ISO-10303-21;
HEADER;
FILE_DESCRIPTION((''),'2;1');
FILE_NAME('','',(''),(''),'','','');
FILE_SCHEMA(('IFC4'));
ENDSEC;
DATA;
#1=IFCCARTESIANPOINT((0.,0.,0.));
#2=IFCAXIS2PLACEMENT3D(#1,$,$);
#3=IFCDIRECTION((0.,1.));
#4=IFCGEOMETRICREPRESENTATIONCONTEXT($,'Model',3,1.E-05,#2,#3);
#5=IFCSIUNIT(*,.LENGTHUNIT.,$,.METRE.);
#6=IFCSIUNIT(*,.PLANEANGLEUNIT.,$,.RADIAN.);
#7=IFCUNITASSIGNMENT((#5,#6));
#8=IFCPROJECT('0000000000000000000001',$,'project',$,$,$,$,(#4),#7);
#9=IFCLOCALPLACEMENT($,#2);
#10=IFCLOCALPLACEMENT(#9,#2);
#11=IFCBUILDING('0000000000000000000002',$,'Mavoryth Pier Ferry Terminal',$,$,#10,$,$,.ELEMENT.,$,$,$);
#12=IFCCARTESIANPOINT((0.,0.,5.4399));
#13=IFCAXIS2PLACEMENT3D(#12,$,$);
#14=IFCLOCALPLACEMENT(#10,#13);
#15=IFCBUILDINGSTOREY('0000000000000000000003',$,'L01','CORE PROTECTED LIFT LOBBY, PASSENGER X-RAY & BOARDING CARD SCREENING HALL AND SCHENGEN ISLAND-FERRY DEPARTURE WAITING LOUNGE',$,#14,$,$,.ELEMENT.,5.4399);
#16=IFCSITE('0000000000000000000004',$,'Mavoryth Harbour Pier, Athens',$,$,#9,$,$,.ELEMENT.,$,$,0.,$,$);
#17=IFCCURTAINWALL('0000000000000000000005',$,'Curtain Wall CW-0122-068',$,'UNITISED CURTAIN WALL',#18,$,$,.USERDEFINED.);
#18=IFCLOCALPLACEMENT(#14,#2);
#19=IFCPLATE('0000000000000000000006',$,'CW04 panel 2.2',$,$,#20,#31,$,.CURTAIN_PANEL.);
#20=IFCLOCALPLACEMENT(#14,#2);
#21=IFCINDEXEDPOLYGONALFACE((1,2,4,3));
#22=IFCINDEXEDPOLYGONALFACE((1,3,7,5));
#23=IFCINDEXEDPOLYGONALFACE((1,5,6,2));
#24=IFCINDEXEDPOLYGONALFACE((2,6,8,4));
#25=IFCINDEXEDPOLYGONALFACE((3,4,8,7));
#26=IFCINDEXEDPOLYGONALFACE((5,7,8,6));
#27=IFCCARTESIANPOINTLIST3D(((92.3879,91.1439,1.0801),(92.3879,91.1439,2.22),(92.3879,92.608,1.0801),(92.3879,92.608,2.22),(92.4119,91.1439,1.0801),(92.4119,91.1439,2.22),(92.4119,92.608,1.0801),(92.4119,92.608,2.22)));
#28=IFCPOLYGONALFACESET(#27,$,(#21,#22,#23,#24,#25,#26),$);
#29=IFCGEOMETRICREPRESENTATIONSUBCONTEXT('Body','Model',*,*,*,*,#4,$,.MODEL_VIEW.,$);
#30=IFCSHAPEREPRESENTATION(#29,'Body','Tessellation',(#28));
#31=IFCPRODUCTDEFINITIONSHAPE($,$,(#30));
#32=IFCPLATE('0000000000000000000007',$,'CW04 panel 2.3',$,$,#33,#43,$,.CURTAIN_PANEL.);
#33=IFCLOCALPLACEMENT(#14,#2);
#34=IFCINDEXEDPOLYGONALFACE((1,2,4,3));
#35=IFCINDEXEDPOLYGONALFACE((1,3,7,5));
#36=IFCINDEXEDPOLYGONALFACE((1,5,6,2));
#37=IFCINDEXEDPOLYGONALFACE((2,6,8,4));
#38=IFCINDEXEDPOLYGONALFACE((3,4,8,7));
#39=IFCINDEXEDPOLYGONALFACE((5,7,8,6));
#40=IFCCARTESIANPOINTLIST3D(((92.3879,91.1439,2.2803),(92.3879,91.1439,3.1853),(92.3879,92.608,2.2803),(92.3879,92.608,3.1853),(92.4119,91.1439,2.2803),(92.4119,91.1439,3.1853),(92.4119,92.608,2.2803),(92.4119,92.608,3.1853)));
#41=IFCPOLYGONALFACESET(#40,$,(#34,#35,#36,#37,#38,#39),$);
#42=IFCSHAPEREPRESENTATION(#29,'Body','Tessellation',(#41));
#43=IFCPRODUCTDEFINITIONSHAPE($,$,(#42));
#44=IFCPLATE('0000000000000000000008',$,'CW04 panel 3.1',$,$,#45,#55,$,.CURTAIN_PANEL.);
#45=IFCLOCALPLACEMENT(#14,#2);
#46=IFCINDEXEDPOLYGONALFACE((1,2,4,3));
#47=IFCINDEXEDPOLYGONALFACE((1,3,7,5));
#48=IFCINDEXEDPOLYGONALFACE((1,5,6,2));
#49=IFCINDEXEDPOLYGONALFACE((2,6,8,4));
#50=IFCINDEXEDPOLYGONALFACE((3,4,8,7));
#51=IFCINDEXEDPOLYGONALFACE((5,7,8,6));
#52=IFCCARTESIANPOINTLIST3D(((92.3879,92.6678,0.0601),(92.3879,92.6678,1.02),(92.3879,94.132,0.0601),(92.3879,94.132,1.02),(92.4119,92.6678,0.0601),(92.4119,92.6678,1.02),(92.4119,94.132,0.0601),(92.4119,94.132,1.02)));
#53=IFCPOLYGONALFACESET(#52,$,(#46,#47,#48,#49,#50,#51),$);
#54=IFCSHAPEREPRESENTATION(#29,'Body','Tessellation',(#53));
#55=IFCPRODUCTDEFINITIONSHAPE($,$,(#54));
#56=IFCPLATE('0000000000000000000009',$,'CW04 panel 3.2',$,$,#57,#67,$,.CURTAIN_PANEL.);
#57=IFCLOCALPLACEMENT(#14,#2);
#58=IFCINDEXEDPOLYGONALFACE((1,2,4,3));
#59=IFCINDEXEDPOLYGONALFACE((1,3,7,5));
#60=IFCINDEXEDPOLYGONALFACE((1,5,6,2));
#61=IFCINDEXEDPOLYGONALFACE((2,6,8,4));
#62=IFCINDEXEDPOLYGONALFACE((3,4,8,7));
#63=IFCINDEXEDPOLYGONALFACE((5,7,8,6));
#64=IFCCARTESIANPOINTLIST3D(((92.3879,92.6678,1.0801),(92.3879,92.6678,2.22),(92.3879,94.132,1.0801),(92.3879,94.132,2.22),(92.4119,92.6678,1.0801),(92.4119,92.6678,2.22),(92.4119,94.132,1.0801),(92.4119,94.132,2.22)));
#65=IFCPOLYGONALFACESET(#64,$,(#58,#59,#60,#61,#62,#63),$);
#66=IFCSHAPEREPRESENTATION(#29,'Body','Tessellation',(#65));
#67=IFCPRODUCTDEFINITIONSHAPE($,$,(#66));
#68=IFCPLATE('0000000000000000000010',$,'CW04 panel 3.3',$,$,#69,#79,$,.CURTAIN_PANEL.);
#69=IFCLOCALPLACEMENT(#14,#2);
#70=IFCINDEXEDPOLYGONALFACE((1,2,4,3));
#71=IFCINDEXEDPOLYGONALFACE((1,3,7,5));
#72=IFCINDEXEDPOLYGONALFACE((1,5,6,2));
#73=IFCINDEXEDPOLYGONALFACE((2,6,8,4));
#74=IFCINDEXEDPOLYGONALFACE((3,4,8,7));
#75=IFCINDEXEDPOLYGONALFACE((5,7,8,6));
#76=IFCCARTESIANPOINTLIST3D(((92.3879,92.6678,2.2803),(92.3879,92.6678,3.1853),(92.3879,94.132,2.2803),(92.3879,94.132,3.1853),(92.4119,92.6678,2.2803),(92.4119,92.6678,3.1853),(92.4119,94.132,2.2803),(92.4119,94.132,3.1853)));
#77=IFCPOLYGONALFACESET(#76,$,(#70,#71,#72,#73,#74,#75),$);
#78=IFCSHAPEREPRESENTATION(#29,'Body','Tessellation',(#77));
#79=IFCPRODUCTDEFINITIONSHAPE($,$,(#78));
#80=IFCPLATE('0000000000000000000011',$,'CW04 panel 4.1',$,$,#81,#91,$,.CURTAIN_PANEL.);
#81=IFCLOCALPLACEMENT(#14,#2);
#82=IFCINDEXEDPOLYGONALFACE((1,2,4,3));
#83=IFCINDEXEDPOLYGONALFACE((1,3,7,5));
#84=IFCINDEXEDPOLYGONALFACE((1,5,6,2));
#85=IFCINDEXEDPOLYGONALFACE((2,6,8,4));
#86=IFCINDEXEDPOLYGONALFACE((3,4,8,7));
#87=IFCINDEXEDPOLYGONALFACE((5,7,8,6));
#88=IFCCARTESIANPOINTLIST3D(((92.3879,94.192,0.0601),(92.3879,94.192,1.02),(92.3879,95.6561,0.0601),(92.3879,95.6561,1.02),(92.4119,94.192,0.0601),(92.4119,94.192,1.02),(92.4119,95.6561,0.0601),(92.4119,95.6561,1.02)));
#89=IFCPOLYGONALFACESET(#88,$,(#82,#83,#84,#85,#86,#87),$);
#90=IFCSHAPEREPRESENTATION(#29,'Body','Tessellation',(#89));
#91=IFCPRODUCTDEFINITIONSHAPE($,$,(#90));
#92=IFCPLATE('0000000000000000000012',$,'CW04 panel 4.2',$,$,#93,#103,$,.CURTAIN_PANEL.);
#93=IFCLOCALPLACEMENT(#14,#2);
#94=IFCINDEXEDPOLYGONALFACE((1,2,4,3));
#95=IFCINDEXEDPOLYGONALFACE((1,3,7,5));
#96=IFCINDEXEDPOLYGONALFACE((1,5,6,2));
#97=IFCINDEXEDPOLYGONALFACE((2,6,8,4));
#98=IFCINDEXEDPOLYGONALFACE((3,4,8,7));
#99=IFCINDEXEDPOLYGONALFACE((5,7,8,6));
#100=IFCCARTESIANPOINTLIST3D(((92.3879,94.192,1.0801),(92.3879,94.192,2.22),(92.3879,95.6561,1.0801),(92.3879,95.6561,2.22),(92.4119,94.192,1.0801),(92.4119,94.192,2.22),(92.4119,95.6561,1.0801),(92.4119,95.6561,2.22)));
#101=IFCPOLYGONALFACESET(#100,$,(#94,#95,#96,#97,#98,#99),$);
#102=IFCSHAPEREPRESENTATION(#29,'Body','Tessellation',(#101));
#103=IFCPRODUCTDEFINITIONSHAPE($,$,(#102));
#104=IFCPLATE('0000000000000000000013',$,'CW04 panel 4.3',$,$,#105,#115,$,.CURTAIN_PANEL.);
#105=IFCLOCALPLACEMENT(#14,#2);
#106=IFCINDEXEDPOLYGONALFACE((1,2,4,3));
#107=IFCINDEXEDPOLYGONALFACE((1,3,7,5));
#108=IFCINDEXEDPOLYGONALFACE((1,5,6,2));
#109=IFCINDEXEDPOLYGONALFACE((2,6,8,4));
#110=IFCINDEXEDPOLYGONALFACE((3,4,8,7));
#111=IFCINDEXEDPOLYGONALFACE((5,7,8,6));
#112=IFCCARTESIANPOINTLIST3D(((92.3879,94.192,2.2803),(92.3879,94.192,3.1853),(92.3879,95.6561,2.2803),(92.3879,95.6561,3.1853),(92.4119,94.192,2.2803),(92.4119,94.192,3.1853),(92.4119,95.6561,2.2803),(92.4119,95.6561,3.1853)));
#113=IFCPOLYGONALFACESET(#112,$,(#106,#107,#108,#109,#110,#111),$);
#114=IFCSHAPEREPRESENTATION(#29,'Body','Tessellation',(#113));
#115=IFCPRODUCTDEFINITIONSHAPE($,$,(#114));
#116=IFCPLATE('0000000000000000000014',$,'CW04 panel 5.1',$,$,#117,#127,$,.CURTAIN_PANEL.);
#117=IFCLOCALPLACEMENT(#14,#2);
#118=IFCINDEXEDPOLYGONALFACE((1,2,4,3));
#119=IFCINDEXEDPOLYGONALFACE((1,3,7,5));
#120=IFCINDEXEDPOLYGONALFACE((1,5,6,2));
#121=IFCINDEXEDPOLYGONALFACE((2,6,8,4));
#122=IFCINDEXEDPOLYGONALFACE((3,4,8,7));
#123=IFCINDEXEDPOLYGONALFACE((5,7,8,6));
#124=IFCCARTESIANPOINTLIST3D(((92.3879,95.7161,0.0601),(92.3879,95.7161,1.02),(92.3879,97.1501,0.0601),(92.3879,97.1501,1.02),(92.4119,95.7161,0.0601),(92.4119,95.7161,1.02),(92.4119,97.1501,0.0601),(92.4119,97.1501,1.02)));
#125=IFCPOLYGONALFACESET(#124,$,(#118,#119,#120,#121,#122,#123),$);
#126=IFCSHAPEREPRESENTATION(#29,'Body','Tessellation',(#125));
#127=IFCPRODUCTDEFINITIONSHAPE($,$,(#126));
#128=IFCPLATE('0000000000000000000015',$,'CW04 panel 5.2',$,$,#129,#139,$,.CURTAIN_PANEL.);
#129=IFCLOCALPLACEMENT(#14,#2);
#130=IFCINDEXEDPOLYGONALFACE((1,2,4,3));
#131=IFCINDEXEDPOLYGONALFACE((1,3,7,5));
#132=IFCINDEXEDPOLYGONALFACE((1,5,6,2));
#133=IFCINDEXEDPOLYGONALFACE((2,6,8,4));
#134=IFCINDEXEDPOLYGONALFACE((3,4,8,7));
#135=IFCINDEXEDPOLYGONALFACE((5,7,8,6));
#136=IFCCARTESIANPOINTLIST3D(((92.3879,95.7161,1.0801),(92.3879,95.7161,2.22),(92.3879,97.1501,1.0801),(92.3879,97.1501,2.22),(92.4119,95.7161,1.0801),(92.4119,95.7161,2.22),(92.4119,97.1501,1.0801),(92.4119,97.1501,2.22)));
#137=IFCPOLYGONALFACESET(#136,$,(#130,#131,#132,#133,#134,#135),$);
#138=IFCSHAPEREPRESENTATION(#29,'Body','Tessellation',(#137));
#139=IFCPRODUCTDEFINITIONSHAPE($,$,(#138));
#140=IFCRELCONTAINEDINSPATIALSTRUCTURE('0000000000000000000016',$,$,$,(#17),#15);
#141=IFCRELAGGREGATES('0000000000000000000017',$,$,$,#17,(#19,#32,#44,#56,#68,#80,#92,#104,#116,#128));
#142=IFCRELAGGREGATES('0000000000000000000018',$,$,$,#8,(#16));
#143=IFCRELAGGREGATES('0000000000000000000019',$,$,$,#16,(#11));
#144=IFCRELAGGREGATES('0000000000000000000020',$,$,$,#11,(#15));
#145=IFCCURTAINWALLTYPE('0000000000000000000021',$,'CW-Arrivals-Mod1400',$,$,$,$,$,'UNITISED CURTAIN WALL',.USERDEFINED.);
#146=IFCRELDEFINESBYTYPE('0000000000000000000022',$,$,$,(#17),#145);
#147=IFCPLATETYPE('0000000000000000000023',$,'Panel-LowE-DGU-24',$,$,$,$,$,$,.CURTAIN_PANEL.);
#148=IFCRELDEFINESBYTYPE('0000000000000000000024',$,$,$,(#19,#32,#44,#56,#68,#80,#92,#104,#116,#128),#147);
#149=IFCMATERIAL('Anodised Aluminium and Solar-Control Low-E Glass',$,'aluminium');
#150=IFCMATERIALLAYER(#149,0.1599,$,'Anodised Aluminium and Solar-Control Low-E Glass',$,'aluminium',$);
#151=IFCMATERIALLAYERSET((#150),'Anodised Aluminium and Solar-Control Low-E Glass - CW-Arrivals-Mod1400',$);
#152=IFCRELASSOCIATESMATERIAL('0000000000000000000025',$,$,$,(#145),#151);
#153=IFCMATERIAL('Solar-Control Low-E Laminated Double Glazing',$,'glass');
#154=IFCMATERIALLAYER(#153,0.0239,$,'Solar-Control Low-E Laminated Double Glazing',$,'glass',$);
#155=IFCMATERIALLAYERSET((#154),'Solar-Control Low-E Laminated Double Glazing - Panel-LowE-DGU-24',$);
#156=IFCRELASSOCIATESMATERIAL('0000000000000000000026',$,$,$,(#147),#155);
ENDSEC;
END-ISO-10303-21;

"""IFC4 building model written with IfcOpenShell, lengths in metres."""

from ifc_helpers import new_model, si_unit, direction, frame, origin, origin_2d, place, context, subcontext, project, spatial, rectangle, extrude, material, layer, layer_set, type_object, element, aggregate, save


model = new_model("IFC4")

# Units and contexts
model_context = context("Model", 3, precision=1e-05, world=origin(), true_north=direction((0.0, 1.0)))
body_context = subcontext(model_context, "Body", "Model", "MODEL_VIEW")
ifc_project = project(units=[si_unit("LENGTHUNIT", "METRE"), si_unit("PLANEANGLEUNIT", "RADIAN")], contexts=[model_context])

# Site, building, storey
site_placement = place(None, origin())
site = spatial("IfcSite", under=ifc_project, at=site_placement, Name="Mavoryth Harbour Pier, Athens", CompositionType="ELEMENT", RefElevation=0.0)
building_placement = place(site_placement, origin())
building = spatial("IfcBuilding", under=site, at=building_placement, Name="Mavoryth Pier Ferry Terminal", CompositionType="ELEMENT")
storey_placement = place(building_placement, frame((0.0, 0.0, 5.4399)))
storey = spatial("IfcBuildingStorey", under=building, at=storey_placement, Name="L01", Description="CORE PROTECTED LIFT LOBBY, PASSENGER X-RAY & BOARDING CARD SCREENING HALL AND SCHENGEN ISLAND-FERRY DEPARTURE WAITING LOUNGE", CompositionType="ELEMENT", Elevation=5.4399)

# Curtain wall, plates
ifc_material_1 = material(Name="Anodised Aluminium and Solar-Control Low-E Glass", Category="aluminium")
ifc_layer_1 = layer(ifc_material_1, 0.1599, Name="Anodised Aluminium and Solar-Control Low-E Glass", Category="aluminium")
ifc_layer_set_1 = layer_set([ifc_layer_1], Name="Anodised Aluminium and Solar-Control Low-E Glass - CW-Arrivals-Mod1400")
curtain_wall_type = type_object("IfcCurtainWallType", Name="CW-Arrivals-Mod1400", ElementType="UNITISED CURTAIN WALL", PredefinedType="USERDEFINED", material=ifc_layer_set_1)
curtain_wall_placement = place(storey_placement, origin())
curtain_wall = element("IfcCurtainWall", 1, at=curtain_wall_placement, inside=storey, type_object=curtain_wall_type, Name="Curtain Wall CW-0122-068", ObjectType="UNITISED CURTAIN WALL", PredefinedType="USERDEFINED")
ifc_material_2 = material(Name="Solar-Control Low-E Laminated Double Glazing", Category="glass")
ifc_layer_2 = layer(ifc_material_2, 0.0239, Name="Solar-Control Low-E Laminated Double Glazing", Category="glass")
ifc_layer_set_2 = layer_set([ifc_layer_2], Name="Solar-Control Low-E Laminated Double Glazing - Panel-LowE-DGU-24")
plate_type = type_object("IfcPlateType", Name="Panel-LowE-DGU-24", PredefinedType="CURTAIN_PANEL", material=ifc_layer_set_2)
plate_1_placement = place(storey_placement, frame((92.3999, 91.876, 1.0801), z_axis=(0.0, 0.0, 1.0), x_axis=(0.0, 1.0, 0.0)))
plate_1 = element("IfcPlate", 2, at=plate_1_placement, type_object=plate_type, Name="CW04 panel 2.2", PredefinedType="CURTAIN_PANEL", context=body_context, shape_type="SweptSolid", body=[
    extrude(rectangle(XDim=1.4641, YDim=0.0239, at=origin_2d()), origin(), (0.0, 0.0, 1.0), 1.1399),
])
plate_2_placement = place(storey_placement, frame((92.3999, 91.876, 2.2803), z_axis=(0.0, 0.0, 1.0), x_axis=(0.0, 1.0, 0.0)))
plate_2 = element("IfcPlate", 3, at=plate_2_placement, type_object=plate_type, Name="CW04 panel 2.3", PredefinedType="CURTAIN_PANEL", context=body_context, shape_type="SweptSolid", body=[
    extrude(rectangle(XDim=1.4641, YDim=0.0239, at=origin_2d()), origin(), (0.0, 0.0, 1.0), 0.905),
])
plate_3_placement = place(storey_placement, frame((92.3999, 93.3999, 0.0601), z_axis=(0.0, 0.0, 1.0), x_axis=(0.0, 1.0, 0.0)))
plate_3 = element("IfcPlate", 4, at=plate_3_placement, type_object=plate_type, Name="CW04 panel 3.1", PredefinedType="CURTAIN_PANEL", context=body_context, shape_type="SweptSolid", body=[
    extrude(rectangle(XDim=1.4641, YDim=0.0239, at=origin_2d()), origin(), (0.0, 0.0, 1.0), 0.96),
])
plate_4_placement = place(storey_placement, frame((92.3999, 93.3999, 1.0801), z_axis=(0.0, 0.0, 1.0), x_axis=(0.0, 1.0, 0.0)))
plate_4 = element("IfcPlate", 5, at=plate_4_placement, type_object=plate_type, Name="CW04 panel 3.2", PredefinedType="CURTAIN_PANEL", context=body_context, shape_type="SweptSolid", body=[
    extrude(rectangle(XDim=1.4641, YDim=0.0239, at=origin_2d()), origin(), (0.0, 0.0, 1.0), 1.1399),
])
plate_5_placement = place(storey_placement, frame((92.3999, 93.3999, 2.2803), z_axis=(0.0, 0.0, 1.0), x_axis=(0.0, 1.0, 0.0)))
plate_5 = element("IfcPlate", 6, at=plate_5_placement, type_object=plate_type, Name="CW04 panel 3.3", PredefinedType="CURTAIN_PANEL", context=body_context, shape_type="SweptSolid", body=[
    extrude(rectangle(XDim=1.4641, YDim=0.0239, at=origin_2d()), origin(), (0.0, 0.0, 1.0), 0.905),
])
plate_6_placement = place(storey_placement, frame((92.3999, 94.9241, 0.0601), z_axis=(0.0, 0.0, 1.0), x_axis=(0.0, 1.0, 0.0)))
plate_6 = element("IfcPlate", 7, at=plate_6_placement, type_object=plate_type, Name="CW04 panel 4.1", PredefinedType="CURTAIN_PANEL", context=body_context, shape_type="SweptSolid", body=[
    extrude(rectangle(XDim=1.4641, YDim=0.0239, at=origin_2d()), origin(), (0.0, 0.0, 1.0), 0.96),
])
plate_7_placement = place(storey_placement, frame((92.3999, 94.9241, 1.0801), z_axis=(0.0, 0.0, 1.0), x_axis=(0.0, 1.0, 0.0)))
plate_7 = element("IfcPlate", 8, at=plate_7_placement, type_object=plate_type, Name="CW04 panel 4.2", PredefinedType="CURTAIN_PANEL", context=body_context, shape_type="SweptSolid", body=[
    extrude(rectangle(XDim=1.4641, YDim=0.0239, at=origin_2d()), origin(), (0.0, 0.0, 1.0), 1.1399),
])
plate_8_placement = place(storey_placement, frame((92.3999, 94.9241, 2.2803), z_axis=(0.0, 0.0, 1.0), x_axis=(0.0, 1.0, 0.0)))
plate_8 = element("IfcPlate", 9, at=plate_8_placement, type_object=plate_type, Name="CW04 panel 4.3", PredefinedType="CURTAIN_PANEL", context=body_context, shape_type="SweptSolid", body=[
    extrude(rectangle(XDim=1.4641, YDim=0.0239, at=origin_2d()), origin(), (0.0, 0.0, 1.0), 0.905),
])
plate_9_placement = place(storey_placement, frame((92.3999, 96.4331, 0.0601), z_axis=(0.0, 0.0, 1.0), x_axis=(0.0, 1.0, 0.0)))
plate_9 = element("IfcPlate", 10, at=plate_9_placement, type_object=plate_type, Name="CW04 panel 5.1", PredefinedType="CURTAIN_PANEL", context=body_context, shape_type="SweptSolid", body=[
    extrude(rectangle(XDim=1.4341, YDim=0.0239, at=origin_2d()), origin(), (0.0, 0.0, 1.0), 0.96),
])
plate_10_placement = place(storey_placement, frame((92.3999, 96.4331, 1.0801), z_axis=(0.0, 0.0, 1.0), x_axis=(0.0, 1.0, 0.0)))
plate_10 = element("IfcPlate", 11, at=plate_10_placement, type_object=plate_type, Name="CW04 panel 5.2", PredefinedType="CURTAIN_PANEL", context=body_context, shape_type="SweptSolid", body=[
    extrude(rectangle(XDim=1.4341, YDim=0.0239, at=origin_2d()), origin(), (0.0, 0.0, 1.0), 1.1399),
])
aggregate(curtain_wall, [plate_1, plate_2, plate_3, plate_4, plate_5, plate_6, plate_7, plate_8, plate_9, plate_10])

save(model, "model.ifc")
